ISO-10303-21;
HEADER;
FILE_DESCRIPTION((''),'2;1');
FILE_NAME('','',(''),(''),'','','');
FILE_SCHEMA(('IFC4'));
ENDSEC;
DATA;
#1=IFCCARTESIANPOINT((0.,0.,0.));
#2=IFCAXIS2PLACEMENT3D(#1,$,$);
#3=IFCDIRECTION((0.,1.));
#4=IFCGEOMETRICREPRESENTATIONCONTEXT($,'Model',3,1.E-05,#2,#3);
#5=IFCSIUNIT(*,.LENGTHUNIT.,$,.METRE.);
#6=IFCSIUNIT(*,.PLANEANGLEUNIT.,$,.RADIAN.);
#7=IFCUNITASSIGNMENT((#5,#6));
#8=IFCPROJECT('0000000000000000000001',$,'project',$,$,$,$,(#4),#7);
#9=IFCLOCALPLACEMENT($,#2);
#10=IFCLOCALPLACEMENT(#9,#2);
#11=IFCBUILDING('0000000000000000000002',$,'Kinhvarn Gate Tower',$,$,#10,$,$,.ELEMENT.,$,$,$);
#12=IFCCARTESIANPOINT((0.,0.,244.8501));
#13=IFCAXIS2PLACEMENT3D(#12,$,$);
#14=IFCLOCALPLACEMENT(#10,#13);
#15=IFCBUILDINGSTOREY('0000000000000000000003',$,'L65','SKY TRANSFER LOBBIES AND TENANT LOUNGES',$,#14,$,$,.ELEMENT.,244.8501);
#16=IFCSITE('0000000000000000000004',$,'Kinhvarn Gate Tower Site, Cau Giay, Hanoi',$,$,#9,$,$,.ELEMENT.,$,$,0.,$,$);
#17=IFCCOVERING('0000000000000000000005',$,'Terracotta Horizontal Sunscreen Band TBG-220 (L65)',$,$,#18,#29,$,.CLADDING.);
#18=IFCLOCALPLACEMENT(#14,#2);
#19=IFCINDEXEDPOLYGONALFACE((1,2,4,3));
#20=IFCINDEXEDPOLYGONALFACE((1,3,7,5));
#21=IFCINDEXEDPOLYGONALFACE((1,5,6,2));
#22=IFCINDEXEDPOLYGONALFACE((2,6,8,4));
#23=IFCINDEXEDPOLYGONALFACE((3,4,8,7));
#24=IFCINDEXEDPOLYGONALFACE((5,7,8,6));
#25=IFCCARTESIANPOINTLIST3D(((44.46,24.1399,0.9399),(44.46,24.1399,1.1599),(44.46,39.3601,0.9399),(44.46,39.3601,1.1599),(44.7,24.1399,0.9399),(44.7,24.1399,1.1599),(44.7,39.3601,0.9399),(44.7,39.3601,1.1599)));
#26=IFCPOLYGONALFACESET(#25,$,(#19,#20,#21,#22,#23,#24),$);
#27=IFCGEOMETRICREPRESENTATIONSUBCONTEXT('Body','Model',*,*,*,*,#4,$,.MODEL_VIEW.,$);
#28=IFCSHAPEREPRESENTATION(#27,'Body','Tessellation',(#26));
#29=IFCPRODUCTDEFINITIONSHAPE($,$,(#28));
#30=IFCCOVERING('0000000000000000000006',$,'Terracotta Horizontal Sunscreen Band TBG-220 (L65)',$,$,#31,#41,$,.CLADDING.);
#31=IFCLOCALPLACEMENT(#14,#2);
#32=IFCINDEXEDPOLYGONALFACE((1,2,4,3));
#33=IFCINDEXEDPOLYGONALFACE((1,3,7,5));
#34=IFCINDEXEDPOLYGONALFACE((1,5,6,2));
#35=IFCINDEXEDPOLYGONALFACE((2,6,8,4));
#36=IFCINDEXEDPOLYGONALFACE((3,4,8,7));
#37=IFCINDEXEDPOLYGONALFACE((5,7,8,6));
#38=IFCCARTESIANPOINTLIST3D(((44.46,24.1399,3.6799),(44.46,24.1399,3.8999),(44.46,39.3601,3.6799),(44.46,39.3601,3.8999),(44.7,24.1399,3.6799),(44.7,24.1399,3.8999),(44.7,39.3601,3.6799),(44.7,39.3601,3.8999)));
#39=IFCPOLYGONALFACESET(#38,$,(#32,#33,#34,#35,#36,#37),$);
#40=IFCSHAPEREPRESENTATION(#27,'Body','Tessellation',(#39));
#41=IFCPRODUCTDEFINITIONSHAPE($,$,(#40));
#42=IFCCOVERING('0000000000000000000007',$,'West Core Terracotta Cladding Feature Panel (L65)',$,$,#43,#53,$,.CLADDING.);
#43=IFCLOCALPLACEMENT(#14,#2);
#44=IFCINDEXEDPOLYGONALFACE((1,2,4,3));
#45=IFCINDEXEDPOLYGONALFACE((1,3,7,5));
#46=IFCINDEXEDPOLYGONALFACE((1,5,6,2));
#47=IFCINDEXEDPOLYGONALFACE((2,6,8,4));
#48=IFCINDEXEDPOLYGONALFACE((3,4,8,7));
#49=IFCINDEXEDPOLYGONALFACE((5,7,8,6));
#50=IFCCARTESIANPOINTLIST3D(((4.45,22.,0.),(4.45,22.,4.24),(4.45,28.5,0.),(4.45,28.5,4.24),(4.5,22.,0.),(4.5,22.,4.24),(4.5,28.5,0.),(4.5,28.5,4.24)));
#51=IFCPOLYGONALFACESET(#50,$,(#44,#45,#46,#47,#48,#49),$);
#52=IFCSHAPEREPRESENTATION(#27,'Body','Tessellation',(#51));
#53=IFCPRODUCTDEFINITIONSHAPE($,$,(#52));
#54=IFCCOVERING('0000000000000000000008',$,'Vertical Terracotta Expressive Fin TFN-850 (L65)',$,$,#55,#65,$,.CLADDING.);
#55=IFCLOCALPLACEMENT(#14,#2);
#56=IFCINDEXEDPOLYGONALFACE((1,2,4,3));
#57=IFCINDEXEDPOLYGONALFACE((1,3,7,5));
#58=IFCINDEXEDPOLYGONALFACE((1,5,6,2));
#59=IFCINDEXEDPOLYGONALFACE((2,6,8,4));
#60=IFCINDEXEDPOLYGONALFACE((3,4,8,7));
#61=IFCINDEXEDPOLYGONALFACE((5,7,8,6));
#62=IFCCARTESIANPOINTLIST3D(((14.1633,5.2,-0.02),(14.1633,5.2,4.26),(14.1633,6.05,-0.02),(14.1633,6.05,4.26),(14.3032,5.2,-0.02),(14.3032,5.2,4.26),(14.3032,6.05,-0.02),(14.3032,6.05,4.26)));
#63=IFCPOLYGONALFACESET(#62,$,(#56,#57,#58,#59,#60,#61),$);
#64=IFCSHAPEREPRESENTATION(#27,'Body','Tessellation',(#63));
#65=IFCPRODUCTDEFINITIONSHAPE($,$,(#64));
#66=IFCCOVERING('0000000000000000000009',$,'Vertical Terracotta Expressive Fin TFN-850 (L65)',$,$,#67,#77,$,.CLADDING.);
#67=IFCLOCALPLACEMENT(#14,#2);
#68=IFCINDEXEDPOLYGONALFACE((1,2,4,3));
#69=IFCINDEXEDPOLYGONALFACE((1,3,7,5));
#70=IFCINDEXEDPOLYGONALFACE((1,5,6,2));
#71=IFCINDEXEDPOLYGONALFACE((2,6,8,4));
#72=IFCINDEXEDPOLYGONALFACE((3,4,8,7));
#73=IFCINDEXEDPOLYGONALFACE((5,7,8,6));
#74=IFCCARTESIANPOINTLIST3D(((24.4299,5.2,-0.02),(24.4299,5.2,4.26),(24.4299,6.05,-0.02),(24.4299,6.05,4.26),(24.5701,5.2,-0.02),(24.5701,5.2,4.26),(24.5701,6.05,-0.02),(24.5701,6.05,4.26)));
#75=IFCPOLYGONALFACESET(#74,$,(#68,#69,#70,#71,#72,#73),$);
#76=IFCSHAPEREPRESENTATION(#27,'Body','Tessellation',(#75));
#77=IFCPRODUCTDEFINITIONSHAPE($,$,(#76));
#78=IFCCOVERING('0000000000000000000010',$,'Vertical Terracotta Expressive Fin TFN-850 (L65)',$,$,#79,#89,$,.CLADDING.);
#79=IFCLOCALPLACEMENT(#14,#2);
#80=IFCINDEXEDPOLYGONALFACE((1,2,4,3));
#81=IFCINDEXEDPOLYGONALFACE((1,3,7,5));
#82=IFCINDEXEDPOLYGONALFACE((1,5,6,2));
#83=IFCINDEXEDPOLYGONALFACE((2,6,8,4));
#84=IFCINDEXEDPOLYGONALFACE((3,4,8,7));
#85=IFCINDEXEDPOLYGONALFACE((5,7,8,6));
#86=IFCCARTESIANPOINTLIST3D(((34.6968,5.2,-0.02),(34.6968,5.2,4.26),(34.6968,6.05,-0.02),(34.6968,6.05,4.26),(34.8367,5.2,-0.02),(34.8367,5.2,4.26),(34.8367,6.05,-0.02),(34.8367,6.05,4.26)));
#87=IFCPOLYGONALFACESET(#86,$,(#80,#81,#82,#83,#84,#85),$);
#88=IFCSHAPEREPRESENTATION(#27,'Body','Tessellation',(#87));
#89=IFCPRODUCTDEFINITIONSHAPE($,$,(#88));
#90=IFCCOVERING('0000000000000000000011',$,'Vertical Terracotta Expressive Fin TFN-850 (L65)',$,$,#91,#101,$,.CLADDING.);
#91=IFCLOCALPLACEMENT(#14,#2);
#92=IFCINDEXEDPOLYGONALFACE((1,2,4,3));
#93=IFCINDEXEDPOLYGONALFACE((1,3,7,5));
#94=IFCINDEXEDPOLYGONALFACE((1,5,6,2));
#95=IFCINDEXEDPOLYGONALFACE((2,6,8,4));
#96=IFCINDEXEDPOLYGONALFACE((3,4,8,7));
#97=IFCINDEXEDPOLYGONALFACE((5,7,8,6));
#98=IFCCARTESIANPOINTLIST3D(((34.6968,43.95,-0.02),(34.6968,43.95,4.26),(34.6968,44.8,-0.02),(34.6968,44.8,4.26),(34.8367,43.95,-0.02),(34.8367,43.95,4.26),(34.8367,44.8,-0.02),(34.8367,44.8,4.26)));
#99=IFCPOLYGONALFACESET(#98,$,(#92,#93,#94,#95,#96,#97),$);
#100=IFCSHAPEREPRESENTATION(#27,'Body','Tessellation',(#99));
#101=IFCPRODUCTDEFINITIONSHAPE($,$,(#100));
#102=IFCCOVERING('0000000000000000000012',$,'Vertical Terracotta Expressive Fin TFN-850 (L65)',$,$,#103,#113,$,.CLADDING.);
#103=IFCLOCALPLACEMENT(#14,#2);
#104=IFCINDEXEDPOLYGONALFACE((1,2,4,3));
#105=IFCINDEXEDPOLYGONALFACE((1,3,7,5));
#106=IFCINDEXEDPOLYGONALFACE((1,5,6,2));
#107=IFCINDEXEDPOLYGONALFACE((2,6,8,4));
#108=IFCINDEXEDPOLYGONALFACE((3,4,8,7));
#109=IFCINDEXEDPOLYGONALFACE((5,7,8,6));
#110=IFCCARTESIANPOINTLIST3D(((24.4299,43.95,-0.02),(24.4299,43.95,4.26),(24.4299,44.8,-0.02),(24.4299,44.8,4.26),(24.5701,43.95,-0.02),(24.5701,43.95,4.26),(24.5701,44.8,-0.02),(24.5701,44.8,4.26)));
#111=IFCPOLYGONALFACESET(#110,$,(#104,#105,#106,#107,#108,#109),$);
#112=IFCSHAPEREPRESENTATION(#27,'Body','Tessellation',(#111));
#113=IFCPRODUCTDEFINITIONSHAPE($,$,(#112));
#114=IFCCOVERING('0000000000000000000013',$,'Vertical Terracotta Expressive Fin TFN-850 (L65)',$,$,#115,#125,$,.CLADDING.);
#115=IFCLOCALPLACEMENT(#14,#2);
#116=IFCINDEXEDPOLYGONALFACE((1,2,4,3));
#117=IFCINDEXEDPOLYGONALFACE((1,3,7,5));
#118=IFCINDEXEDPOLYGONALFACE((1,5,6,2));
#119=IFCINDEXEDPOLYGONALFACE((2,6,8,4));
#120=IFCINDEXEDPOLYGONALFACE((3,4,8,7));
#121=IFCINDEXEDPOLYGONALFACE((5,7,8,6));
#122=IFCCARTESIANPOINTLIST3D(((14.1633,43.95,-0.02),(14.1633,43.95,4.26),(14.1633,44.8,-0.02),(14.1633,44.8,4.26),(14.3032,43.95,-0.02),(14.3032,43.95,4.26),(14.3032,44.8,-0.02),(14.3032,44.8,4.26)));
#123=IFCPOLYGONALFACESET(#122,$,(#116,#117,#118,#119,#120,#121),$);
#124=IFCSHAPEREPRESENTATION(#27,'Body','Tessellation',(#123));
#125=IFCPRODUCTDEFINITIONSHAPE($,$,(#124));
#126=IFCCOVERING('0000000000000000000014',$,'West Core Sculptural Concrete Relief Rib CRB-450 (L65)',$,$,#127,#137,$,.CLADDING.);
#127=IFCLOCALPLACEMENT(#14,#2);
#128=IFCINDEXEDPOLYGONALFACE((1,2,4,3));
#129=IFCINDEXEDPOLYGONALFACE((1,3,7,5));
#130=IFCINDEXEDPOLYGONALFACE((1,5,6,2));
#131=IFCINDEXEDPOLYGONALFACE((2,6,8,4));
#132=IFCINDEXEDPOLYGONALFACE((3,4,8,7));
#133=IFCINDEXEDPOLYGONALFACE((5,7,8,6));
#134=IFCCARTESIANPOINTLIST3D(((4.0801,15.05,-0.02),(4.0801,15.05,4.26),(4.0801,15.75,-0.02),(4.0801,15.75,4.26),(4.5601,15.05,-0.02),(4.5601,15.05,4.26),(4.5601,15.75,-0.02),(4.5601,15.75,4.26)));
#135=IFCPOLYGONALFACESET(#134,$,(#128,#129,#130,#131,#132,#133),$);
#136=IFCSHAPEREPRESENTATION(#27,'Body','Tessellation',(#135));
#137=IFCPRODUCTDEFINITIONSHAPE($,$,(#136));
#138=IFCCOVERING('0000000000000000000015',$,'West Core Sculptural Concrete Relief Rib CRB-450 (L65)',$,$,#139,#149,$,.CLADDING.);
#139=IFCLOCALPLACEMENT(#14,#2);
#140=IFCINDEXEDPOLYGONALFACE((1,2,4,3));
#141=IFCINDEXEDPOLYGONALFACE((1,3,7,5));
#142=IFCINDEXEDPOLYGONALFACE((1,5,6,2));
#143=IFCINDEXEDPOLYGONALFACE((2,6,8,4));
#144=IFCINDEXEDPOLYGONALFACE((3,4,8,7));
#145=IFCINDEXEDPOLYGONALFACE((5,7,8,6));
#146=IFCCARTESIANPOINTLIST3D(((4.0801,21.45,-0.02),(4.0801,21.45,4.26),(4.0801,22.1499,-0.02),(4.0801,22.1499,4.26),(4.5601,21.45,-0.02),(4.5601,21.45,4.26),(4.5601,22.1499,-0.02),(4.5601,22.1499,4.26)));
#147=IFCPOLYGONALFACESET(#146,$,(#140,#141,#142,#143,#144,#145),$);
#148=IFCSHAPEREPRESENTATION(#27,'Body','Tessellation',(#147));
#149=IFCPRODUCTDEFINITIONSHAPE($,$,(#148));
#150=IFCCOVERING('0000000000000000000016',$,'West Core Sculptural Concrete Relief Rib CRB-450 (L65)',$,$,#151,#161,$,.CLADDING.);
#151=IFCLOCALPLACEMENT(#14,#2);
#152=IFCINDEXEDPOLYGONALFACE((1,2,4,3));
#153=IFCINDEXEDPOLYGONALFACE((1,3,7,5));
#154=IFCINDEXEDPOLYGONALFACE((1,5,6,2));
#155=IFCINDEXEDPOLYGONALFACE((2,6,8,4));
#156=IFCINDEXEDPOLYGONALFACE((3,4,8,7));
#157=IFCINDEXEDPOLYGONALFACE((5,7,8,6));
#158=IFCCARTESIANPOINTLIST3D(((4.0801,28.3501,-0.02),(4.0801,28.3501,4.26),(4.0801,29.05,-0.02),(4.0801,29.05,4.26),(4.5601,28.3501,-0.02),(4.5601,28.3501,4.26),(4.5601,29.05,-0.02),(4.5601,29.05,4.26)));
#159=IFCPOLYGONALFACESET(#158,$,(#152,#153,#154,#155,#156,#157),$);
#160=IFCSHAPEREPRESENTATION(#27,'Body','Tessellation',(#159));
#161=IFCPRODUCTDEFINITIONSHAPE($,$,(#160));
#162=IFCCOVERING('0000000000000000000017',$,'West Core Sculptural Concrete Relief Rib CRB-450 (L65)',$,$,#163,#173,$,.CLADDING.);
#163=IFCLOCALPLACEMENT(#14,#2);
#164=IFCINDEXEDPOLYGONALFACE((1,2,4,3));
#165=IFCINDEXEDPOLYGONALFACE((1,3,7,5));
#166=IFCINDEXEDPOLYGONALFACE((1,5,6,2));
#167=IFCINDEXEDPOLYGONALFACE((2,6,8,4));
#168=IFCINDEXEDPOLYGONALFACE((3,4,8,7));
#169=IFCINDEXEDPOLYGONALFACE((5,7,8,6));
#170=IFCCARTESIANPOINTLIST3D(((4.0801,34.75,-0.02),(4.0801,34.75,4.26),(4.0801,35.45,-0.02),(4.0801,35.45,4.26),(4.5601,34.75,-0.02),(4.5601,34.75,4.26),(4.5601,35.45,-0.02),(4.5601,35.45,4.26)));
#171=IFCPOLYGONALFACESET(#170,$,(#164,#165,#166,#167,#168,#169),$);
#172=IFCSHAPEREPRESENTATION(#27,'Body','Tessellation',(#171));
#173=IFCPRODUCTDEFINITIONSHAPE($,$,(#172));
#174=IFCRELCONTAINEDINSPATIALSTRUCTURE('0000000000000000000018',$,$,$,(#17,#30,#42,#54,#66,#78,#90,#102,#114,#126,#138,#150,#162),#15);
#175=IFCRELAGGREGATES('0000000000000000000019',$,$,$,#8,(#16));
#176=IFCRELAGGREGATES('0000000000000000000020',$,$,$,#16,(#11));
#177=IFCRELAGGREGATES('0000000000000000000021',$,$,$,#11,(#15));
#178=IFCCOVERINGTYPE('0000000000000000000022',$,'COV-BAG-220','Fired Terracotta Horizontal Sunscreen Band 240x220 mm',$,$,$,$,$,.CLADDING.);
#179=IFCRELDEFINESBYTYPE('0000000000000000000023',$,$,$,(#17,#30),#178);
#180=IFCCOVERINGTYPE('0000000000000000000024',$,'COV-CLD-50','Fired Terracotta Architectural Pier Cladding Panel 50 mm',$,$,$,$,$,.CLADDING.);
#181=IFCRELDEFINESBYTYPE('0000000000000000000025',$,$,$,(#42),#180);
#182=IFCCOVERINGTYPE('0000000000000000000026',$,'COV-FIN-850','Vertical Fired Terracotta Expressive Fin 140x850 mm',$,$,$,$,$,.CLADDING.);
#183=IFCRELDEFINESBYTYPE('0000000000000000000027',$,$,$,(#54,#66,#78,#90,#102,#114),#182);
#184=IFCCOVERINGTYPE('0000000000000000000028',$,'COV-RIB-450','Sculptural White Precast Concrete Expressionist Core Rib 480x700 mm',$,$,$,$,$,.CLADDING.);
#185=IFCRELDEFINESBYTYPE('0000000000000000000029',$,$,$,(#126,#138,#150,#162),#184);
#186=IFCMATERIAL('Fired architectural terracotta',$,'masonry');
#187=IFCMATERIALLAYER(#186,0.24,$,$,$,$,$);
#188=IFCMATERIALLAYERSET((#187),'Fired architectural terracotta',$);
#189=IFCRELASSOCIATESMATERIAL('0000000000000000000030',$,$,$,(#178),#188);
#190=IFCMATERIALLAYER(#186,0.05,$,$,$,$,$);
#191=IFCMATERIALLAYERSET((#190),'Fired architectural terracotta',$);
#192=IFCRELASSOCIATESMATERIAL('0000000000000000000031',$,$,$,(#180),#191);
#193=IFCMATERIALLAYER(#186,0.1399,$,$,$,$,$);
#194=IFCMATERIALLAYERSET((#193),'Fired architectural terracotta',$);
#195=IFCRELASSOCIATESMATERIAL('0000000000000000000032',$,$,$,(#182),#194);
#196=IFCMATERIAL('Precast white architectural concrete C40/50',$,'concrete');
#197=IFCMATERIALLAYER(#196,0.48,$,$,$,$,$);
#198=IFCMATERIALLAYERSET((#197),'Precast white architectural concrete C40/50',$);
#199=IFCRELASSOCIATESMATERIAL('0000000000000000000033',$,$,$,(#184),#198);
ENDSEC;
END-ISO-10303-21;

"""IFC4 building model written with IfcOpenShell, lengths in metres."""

from ifc_helpers import new_model, si_unit, direction, frame, origin, place, context, subcontext, project, spatial, polyline, outline, extrude, material, layer, layer_set, type_object, element, save


model = new_model("IFC4")

# Units and contexts
model_context = context("Model", 3, precision=1e-05, world=origin(), true_north=direction((0.0, 1.0)))
body_context = subcontext(model_context, "Body", "Model", "MODEL_VIEW")
ifc_project = project(units=[si_unit("LENGTHUNIT", "METRE"), si_unit("PLANEANGLEUNIT", "RADIAN")], contexts=[model_context])

# Site, building, storey
site_placement = place(None, origin())
site = spatial("IfcSite", under=ifc_project, at=site_placement, Name="Kinhvarn Gate Tower Site, Cau Giay, Hanoi", CompositionType="ELEMENT", RefElevation=0.0)
building_placement = place(site_placement, origin())
building = spatial("IfcBuilding", under=site, at=building_placement, Name="Kinhvarn Gate Tower", CompositionType="ELEMENT")
storey_placement = place(building_placement, frame((0.0, 0.0, 244.8501)))
storey = spatial("IfcBuildingStorey", under=building, at=storey_placement, Name="L65", Description="SKY TRANSFER LOBBIES AND TENANT LOUNGES", CompositionType="ELEMENT", Elevation=244.8501)

# Shared definitions
ifc_material_1 = material(Name="Precast white architectural concrete C40/50", Category="concrete")

# Coverings
ifc_material_2 = material(Name="Fired architectural terracotta", Category="masonry")
ifc_layer_1 = layer(ifc_material_2, 0.24)
ifc_layer_set_1 = layer_set([ifc_layer_1], Name="Fired architectural terracotta")
covering_type_1 = type_object("IfcCoveringType", Name="COV-BAG-220", Description="Fired Terracotta Horizontal Sunscreen Band 240x220 mm", PredefinedType="CLADDING", material=ifc_layer_set_1)
for number, where, name in (
    (1, (0.0, 0.0, 0.9399), "Terracotta Horizontal Sunscreen Band TBG-220 (L65)"),
    (2, (0.0, 0.0, 3.6799), "Terracotta Horizontal Sunscreen Band TBG-220 (L65)"),
):
    element("IfcCovering", number, at=place(storey_placement, frame(where)), inside=storey, type_object=covering_type_1, Name=name, PredefinedType="CLADDING", context=body_context, shape_type="SweptSolid", body=[
        extrude(outline(polyline([(44.46, 24.1399), (44.46, 39.3601), (44.7, 39.3601), (44.7, 24.1399), (44.46, 24.1399)])), origin(), (0.0, 0.0, 1.0), 0.22),
    ])
ifc_layer_2 = layer(ifc_material_2, 0.05)
ifc_layer_set_2 = layer_set([ifc_layer_2], Name="Fired architectural terracotta")
covering_type_2 = type_object("IfcCoveringType", Name="COV-CLD-50", Description="Fired Terracotta Architectural Pier Cladding Panel 50 mm", PredefinedType="CLADDING", material=ifc_layer_set_2)
covering_1_placement = place(storey_placement, origin())
element("IfcCovering", 3, at=covering_1_placement, inside=storey, type_object=covering_type_2, Name="West Core Terracotta Cladding Feature Panel (L65)", PredefinedType="CLADDING", context=body_context, shape_type="SweptSolid", body=[
    extrude(outline(polyline([(4.45, 22.0), (4.5, 22.0), (4.5, 28.5), (4.45, 28.5), (4.45, 22.0)])), origin(), (0.0, 0.0, 1.0), 4.24),
])
ifc_layer_3 = layer(ifc_material_2, 0.1399)
ifc_layer_set_3 = layer_set([ifc_layer_3], Name="Fired architectural terracotta")
covering_type_3 = type_object("IfcCoveringType", Name="COV-FIN-850", Description="Vertical Fired Terracotta Expressive Fin 140x850 mm", PredefinedType="CLADDING", material=ifc_layer_set_3)
covering_2_placement = place(storey_placement, frame((0.0, 0.0, -0.02)))
element("IfcCovering", 4, at=covering_2_placement, inside=storey, type_object=covering_type_3, Name="Vertical Terracotta Expressive Fin TFN-850 (L65)", PredefinedType="CLADDING", context=body_context, shape_type="SweptSolid", body=[
    extrude(outline(polyline([(14.1633, 6.05), (14.3032, 6.05), (14.3032, 5.2), (14.1633, 5.2), (14.1633, 6.05)])), origin(), (0.0, 0.0, 1.0), 4.28),
])
covering_3_placement = place(storey_placement, frame((0.0, 0.0, -0.02)))
element("IfcCovering", 5, at=covering_3_placement, inside=storey, type_object=covering_type_3, Name="Vertical Terracotta Expressive Fin TFN-850 (L65)", PredefinedType="CLADDING", context=body_context, shape_type="SweptSolid", body=[
    extrude(outline(polyline([(24.4299, 6.05), (24.5701, 6.05), (24.5701, 5.2), (24.4299, 5.2), (24.4299, 6.05)])), origin(), (0.0, 0.0, 1.0), 4.28),
])
covering_4_placement = place(storey_placement, frame((0.0, 0.0, -0.02)))
element("IfcCovering", 6, at=covering_4_placement, inside=storey, type_object=covering_type_3, Name="Vertical Terracotta Expressive Fin TFN-850 (L65)", PredefinedType="CLADDING", context=body_context, shape_type="SweptSolid", body=[
    extrude(outline(polyline([(34.6968, 6.05), (34.8367, 6.05), (34.8367, 5.2), (34.6968, 5.2), (34.6968, 6.05)])), origin(), (0.0, 0.0, 1.0), 4.28),
])
covering_5_placement = place(storey_placement, frame((0.0, 0.0, -0.02)))
element("IfcCovering", 7, at=covering_5_placement, inside=storey, type_object=covering_type_3, Name="Vertical Terracotta Expressive Fin TFN-850 (L65)", PredefinedType="CLADDING", context=body_context, shape_type="SweptSolid", body=[
    extrude(outline(polyline([(34.8367, 43.95), (34.6968, 43.95), (34.6968, 44.8), (34.8367, 44.8), (34.8367, 43.95)])), origin(), (0.0, 0.0, 1.0), 4.28),
])
covering_6_placement = place(storey_placement, frame((0.0, 0.0, -0.02)))
element("IfcCovering", 8, at=covering_6_placement, inside=storey, type_object=covering_type_3, Name="Vertical Terracotta Expressive Fin TFN-850 (L65)", PredefinedType="CLADDING", context=body_context, shape_type="SweptSolid", body=[
    extrude(outline(polyline([(24.5701, 43.95), (24.4299, 43.95), (24.4299, 44.8), (24.5701, 44.8), (24.5701, 43.95)])), origin(), (0.0, 0.0, 1.0), 4.28),
])
covering_7_placement = place(storey_placement, frame((0.0, 0.0, -0.02)))
element("IfcCovering", 9, at=covering_7_placement, inside=storey, type_object=covering_type_3, Name="Vertical Terracotta Expressive Fin TFN-850 (L65)", PredefinedType="CLADDING", context=body_context, shape_type="SweptSolid", body=[
    extrude(outline(polyline([(14.3032, 43.95), (14.1633, 43.95), (14.1633, 44.8), (14.3032, 44.8), (14.3032, 43.95)])), origin(), (0.0, 0.0, 1.0), 4.28),
])
ifc_layer_4 = layer(ifc_material_1, 0.48)
ifc_layer_set_4 = layer_set([ifc_layer_4], Name="Precast white architectural concrete C40/50")
covering_type_4 = type_object("IfcCoveringType", Name="COV-RIB-450", Description="Sculptural White Precast Concrete Expressionist Core Rib 480x700 mm", PredefinedType="CLADDING", material=ifc_layer_set_4)
covering_8_placement = place(storey_placement, frame((0.0, 0.0, -0.02)))
element("IfcCovering", 10, at=covering_8_placement, inside=storey, type_object=covering_type_4, Name="West Core Sculptural Concrete Relief Rib CRB-450 (L65)", PredefinedType="CLADDING", context=body_context, shape_type="SweptSolid", body=[
    extrude(outline(polyline([(4.0801, 15.05), (4.5601, 15.05), (4.5601, 15.75), (4.0801, 15.75), (4.0801, 15.05)])), origin(), (0.0, 0.0, 1.0), 4.28),
])
covering_9_placement = place(storey_placement, frame((0.0, 0.0, -0.02)))
element("IfcCovering", 11, at=covering_9_placement, inside=storey, type_object=covering_type_4, Name="West Core Sculptural Concrete Relief Rib CRB-450 (L65)", PredefinedType="CLADDING", context=body_context, shape_type="SweptSolid", body=[
    extrude(outline(polyline([(4.0801, 21.45), (4.5601, 21.45), (4.5601, 22.1499), (4.0801, 22.1499), (4.0801, 21.45)])), origin(), (0.0, 0.0, 1.0), 4.28),
])
covering_10_placement = place(storey_placement, frame((0.0, 0.0, -0.02)))
element("IfcCovering", 12, at=covering_10_placement, inside=storey, type_object=covering_type_4, Name="West Core Sculptural Concrete Relief Rib CRB-450 (L65)", PredefinedType="CLADDING", context=body_context, shape_type="SweptSolid", body=[
    extrude(outline(polyline([(4.0801, 28.3501), (4.5601, 28.3501), (4.5601, 29.05), (4.0801, 29.05), (4.0801, 28.3501)])), origin(), (0.0, 0.0, 1.0), 4.28),
])
covering_11_placement = place(storey_placement, frame((0.0, 0.0, -0.02)))
element("IfcCovering", 13, at=covering_11_placement, inside=storey, type_object=covering_type_4, Name="West Core Sculptural Concrete Relief Rib CRB-450 (L65)", PredefinedType="CLADDING", context=body_context, shape_type="SweptSolid", body=[
    extrude(outline(polyline([(4.0801, 34.75), (4.5601, 34.75), (4.5601, 35.45), (4.0801, 35.45), (4.0801, 34.75)])), origin(), (0.0, 0.0, 1.0), 4.28),
])

save(model, "model.ifc")
